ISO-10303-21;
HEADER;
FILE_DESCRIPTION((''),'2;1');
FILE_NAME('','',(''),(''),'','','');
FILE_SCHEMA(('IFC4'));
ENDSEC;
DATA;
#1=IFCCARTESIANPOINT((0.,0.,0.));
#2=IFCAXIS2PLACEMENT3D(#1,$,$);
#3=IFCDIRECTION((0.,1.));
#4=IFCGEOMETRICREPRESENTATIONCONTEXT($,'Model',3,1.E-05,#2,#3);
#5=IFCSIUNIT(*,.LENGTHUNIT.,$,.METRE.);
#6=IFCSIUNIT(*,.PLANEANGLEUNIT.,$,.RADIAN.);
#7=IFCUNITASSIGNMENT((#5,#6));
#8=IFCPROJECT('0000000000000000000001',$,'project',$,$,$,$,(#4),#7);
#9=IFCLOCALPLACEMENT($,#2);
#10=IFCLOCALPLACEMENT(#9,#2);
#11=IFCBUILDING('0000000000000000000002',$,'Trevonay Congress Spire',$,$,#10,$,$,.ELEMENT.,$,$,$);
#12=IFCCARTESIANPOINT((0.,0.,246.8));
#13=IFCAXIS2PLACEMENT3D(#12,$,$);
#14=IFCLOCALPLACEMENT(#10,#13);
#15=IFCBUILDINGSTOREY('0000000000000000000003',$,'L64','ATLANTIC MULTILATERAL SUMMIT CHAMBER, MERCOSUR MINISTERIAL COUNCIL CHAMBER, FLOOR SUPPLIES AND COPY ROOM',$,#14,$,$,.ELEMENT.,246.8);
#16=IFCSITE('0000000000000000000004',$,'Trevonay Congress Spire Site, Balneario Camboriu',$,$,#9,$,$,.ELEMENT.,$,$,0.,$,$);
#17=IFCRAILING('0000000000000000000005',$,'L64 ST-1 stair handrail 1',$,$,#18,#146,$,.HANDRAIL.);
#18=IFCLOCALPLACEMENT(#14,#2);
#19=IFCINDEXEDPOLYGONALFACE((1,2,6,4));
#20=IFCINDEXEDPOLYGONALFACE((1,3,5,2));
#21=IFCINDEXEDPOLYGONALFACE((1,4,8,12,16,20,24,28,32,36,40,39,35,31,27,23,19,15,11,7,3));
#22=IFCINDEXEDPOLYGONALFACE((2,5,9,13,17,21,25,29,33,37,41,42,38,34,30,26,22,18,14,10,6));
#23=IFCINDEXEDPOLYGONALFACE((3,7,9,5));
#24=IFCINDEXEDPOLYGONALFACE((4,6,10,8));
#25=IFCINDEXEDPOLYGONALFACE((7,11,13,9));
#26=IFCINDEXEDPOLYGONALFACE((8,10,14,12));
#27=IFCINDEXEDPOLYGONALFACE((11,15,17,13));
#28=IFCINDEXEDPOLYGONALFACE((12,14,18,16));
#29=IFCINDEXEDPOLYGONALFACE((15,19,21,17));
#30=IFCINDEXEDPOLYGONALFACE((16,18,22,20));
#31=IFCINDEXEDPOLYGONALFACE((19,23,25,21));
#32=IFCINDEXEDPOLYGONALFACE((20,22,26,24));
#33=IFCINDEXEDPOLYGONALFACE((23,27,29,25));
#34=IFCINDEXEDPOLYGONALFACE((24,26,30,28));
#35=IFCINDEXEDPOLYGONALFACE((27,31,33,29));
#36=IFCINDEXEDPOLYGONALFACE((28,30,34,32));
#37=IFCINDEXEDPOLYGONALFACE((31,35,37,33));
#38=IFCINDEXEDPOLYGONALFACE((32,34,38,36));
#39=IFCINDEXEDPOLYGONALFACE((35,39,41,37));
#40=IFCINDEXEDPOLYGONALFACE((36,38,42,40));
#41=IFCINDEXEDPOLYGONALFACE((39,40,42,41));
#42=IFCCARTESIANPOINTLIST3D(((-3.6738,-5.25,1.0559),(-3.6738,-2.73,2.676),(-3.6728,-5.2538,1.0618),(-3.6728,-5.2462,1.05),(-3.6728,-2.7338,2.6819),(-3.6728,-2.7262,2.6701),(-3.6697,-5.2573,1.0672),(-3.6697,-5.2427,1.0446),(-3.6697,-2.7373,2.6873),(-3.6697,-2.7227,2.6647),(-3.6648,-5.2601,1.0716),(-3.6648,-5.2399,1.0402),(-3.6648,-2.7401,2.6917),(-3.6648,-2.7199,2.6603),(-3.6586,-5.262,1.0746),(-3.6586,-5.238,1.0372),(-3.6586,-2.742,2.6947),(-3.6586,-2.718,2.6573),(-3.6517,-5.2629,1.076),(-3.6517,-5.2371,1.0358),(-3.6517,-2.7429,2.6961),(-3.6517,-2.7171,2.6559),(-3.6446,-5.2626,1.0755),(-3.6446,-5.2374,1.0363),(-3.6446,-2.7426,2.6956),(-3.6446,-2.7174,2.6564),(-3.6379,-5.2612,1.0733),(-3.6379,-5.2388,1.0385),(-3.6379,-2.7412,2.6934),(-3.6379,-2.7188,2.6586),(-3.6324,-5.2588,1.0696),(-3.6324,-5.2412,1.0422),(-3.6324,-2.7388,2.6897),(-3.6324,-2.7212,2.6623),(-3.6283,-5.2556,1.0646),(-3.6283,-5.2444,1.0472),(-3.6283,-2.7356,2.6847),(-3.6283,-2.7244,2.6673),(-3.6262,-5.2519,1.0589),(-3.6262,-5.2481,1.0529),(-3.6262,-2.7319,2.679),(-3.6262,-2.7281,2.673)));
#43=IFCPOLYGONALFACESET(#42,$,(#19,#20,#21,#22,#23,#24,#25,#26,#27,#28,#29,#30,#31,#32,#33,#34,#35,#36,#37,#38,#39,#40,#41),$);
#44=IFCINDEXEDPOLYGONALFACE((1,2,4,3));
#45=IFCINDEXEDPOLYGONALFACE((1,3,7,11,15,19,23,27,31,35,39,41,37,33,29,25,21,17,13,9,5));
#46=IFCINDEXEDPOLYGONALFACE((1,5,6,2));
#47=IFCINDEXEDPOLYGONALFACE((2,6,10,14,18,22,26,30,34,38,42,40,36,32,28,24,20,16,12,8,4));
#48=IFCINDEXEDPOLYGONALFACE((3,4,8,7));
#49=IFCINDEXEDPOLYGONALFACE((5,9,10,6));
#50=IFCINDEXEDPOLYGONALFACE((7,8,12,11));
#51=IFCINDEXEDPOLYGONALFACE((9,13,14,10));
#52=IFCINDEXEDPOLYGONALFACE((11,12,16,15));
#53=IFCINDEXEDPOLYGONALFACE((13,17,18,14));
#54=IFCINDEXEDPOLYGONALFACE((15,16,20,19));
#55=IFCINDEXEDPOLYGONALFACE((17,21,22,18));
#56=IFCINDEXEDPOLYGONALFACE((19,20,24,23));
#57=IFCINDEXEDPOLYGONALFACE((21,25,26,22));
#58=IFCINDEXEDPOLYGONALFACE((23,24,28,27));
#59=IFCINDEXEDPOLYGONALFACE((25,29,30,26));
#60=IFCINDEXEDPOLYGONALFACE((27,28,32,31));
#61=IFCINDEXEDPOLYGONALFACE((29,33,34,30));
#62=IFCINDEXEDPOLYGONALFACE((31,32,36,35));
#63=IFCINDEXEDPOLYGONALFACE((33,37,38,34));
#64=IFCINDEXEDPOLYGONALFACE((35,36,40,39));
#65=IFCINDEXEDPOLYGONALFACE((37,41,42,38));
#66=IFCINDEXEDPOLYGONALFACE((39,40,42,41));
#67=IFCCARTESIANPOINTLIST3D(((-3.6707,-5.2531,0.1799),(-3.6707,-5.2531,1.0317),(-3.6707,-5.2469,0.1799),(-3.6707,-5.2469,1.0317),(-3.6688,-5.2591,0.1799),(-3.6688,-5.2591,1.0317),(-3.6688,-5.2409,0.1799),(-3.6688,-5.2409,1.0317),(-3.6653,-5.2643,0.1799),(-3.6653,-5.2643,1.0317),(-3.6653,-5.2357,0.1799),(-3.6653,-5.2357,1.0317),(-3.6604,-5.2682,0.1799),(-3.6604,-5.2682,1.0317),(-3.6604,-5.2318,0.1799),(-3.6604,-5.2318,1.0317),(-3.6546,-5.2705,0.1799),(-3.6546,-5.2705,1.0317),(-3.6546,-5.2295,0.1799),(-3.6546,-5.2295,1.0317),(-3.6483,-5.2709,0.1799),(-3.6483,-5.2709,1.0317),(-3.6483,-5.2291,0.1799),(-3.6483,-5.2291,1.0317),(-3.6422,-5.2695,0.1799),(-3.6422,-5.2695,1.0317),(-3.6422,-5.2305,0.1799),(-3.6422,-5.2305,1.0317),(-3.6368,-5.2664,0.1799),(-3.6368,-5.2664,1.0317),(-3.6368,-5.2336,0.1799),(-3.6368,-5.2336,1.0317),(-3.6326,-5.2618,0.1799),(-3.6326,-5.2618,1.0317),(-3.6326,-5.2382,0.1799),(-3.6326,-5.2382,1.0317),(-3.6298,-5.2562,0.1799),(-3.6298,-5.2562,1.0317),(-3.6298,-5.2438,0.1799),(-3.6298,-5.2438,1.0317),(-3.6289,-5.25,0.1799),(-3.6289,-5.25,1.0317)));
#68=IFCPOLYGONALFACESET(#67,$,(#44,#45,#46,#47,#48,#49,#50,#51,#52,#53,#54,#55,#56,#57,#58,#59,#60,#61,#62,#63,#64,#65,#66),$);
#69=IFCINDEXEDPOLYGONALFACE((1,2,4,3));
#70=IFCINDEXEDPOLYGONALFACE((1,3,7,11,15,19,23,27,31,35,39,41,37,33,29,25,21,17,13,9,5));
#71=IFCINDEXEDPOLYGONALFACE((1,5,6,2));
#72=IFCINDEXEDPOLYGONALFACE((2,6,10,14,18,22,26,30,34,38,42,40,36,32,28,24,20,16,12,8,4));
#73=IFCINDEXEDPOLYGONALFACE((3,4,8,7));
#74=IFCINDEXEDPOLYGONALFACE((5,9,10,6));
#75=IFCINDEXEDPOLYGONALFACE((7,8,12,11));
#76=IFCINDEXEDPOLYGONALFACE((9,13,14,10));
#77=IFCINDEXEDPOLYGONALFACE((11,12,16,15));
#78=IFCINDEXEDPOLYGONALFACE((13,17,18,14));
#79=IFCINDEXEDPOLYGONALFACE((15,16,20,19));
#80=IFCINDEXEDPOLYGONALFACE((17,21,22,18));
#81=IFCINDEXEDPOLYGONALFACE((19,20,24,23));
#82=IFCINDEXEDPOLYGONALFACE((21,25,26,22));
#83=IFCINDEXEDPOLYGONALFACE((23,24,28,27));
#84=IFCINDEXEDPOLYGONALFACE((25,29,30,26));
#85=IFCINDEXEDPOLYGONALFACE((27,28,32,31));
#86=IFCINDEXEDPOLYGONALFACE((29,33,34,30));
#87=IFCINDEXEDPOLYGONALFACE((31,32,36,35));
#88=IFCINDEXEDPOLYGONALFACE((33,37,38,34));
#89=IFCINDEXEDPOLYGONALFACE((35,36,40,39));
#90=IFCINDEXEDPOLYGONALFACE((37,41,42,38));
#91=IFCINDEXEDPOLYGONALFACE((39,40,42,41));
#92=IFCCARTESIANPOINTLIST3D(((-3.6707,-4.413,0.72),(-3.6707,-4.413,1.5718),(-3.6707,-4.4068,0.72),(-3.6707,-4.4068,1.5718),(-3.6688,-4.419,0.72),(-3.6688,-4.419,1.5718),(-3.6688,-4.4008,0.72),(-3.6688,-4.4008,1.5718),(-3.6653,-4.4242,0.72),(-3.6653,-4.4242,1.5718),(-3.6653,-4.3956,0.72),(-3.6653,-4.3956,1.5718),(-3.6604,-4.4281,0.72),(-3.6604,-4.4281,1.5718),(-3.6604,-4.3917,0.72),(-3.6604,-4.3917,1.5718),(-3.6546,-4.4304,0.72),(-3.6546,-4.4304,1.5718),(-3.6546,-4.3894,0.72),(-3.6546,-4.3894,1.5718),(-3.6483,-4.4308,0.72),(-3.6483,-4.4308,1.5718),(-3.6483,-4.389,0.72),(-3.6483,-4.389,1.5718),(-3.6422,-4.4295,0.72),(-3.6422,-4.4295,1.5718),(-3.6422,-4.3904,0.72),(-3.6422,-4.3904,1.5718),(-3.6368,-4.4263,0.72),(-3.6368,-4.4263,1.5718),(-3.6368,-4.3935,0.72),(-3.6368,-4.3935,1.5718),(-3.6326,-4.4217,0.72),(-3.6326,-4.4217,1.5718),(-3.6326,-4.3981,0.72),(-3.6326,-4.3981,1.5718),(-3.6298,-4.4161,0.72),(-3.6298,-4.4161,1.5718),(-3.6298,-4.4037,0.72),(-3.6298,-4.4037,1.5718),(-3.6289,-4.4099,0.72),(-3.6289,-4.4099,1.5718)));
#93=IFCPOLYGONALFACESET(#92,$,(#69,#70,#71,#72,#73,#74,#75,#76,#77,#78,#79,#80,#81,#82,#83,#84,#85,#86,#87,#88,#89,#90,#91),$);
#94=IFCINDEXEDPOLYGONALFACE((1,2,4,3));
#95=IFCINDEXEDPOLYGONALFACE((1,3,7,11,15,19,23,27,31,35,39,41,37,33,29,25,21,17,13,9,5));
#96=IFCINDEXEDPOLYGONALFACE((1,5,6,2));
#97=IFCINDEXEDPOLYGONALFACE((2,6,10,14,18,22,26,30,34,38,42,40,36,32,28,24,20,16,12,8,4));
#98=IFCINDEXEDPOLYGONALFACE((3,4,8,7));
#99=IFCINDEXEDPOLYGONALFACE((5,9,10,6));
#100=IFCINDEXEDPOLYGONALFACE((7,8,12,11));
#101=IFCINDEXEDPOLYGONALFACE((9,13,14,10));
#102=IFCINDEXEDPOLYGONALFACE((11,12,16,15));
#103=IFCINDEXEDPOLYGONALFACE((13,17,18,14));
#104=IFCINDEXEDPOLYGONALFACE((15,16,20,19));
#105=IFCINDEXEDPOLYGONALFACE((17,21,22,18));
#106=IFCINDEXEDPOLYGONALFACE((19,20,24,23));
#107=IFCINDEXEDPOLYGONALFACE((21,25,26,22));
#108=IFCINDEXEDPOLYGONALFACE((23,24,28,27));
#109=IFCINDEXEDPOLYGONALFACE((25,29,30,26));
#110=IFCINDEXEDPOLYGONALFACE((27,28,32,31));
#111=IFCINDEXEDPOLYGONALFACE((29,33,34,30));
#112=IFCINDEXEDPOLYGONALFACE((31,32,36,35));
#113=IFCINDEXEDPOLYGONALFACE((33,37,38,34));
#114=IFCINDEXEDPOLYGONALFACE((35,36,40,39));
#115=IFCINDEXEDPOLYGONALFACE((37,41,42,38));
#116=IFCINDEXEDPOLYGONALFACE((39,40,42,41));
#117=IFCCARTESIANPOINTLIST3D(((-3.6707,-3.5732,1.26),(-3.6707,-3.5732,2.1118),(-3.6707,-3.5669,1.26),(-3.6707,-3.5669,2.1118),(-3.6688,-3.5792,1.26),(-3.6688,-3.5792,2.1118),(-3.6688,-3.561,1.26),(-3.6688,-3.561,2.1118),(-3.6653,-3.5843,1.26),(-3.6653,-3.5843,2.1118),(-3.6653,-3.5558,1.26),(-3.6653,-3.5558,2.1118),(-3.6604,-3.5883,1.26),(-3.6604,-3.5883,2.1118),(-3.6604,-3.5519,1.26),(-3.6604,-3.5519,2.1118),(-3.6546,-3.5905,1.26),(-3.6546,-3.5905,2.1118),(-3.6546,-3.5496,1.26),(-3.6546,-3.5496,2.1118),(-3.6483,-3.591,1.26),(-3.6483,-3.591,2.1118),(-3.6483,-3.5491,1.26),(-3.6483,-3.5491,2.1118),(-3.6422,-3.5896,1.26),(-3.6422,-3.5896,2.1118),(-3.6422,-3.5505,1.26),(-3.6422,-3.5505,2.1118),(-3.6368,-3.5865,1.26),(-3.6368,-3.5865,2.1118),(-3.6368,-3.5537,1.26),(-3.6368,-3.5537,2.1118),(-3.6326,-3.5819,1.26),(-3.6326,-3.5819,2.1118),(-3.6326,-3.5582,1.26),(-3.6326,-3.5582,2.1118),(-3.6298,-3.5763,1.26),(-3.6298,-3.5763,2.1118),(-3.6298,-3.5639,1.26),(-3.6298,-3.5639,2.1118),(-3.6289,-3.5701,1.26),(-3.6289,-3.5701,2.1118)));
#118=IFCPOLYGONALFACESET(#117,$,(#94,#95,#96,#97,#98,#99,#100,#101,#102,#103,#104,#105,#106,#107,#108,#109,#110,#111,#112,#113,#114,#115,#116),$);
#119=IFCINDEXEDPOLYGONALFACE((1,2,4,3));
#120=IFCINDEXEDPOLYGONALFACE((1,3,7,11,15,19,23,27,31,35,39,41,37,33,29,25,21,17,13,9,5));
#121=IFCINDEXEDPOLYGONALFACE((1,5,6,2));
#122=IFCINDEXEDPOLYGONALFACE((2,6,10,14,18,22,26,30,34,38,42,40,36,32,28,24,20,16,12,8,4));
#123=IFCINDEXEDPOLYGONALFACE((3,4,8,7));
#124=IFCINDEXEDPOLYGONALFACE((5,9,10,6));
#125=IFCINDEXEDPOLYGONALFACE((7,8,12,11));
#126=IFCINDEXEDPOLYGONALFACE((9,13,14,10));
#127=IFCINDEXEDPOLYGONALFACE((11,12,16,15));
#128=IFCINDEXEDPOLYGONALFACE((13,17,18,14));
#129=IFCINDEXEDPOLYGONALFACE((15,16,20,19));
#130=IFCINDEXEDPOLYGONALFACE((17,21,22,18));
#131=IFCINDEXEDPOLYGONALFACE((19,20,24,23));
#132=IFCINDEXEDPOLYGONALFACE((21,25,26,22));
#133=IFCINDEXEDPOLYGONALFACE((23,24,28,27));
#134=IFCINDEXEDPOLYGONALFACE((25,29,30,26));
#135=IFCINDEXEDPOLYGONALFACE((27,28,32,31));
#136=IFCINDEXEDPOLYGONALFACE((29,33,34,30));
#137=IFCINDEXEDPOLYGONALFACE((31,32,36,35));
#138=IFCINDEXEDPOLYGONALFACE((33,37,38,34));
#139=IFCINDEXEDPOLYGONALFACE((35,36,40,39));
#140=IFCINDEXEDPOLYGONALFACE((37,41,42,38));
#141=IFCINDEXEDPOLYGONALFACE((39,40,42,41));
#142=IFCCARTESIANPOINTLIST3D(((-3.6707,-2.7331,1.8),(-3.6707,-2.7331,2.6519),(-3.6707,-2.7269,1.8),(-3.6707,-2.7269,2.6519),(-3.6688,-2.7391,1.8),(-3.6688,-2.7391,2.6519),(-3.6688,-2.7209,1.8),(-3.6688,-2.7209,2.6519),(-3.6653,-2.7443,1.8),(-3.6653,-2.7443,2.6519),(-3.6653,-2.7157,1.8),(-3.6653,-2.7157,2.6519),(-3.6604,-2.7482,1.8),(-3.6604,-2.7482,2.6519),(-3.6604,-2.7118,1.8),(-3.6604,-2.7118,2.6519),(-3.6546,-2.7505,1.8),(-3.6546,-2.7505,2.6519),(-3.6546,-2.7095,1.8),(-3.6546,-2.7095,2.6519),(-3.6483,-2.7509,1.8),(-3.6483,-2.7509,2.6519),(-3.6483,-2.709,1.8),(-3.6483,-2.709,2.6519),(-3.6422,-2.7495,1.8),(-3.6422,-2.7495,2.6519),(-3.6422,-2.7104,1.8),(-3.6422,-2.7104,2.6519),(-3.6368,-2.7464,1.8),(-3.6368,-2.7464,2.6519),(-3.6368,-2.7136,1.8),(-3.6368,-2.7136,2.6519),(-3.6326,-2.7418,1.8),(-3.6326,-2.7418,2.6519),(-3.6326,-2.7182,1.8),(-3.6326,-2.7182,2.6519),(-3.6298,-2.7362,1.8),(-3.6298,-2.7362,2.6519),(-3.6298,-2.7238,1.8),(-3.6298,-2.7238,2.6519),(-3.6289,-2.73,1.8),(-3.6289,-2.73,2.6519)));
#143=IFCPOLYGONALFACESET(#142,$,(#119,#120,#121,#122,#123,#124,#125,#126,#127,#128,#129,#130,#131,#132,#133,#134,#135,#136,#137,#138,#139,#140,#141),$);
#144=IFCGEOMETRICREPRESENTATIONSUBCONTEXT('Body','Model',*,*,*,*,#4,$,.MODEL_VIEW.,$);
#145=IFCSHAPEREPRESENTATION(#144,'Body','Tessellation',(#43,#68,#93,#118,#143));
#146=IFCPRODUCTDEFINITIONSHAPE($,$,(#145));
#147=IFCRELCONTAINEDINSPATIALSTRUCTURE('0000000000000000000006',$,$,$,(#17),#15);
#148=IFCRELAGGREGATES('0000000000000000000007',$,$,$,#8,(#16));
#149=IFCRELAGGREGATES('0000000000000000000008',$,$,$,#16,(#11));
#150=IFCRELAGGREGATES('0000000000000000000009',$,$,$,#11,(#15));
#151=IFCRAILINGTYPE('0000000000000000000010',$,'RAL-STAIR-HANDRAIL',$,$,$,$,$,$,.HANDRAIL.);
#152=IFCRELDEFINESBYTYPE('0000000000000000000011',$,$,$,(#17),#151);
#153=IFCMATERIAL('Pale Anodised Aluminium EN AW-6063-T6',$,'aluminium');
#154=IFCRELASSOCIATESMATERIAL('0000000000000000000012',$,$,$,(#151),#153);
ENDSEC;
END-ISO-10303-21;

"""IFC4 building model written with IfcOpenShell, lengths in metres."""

from ifc_helpers import new_model, si_unit, direction, frame, origin, origin_2d, place, context, subcontext, project, spatial, circle, extrude, material, type_object, element, save


model = new_model("IFC4")

# Units and contexts
model_context = context("Model", 3, precision=1e-05, world=origin(), true_north=direction((0.0, 1.0)))
body_context = subcontext(model_context, "Body", "Model", "MODEL_VIEW")
ifc_project = project(units=[si_unit("LENGTHUNIT", "METRE"), si_unit("PLANEANGLEUNIT", "RADIAN")], contexts=[model_context])

# Site, building, storey
site_placement = place(None, origin())
site = spatial("IfcSite", under=ifc_project, at=site_placement, Name="Trevonay Congress Spire Site, Balneario Camboriu", CompositionType="ELEMENT", RefElevation=0.0)
building_placement = place(site_placement, origin())
building = spatial("IfcBuilding", under=site, at=building_placement, Name="Trevonay Congress Spire", CompositionType="ELEMENT")
storey_placement = place(building_placement, frame((0.0, 0.0, 246.8)))
storey = spatial("IfcBuildingStorey", under=building, at=storey_placement, Name="L64", Description="ATLANTIC MULTILATERAL SUMMIT CHAMBER, MERCOSUR MINISTERIAL COUNCIL CHAMBER, FLOOR SUPPLIES AND COPY ROOM", CompositionType="ELEMENT", Elevation=246.8)

# Railing
ifc_material_1 = material(Name="Pale Anodised Aluminium EN AW-6063-T6", Category="aluminium")
railing_type_1 = type_object("IfcRailingType", Name="RAL-STAIR-HANDRAIL", PredefinedType="HANDRAIL", material=ifc_material_1)
railing_1_placement = place(storey_placement, frame((-3.6499, -5.25, 0.1799)))
element("IfcRailing", 1, at=railing_1_placement, inside=storey, type_object=railing_type_1, Name="L64 ST-1 stair handrail 1", PredefinedType="HANDRAIL", context=body_context, shape_type="SweptSolid", body=[
    extrude(circle(Radius=0.0239, at=origin_2d()), frame((0.0, 0.0, 0.876), z_axis=(0.0, 0.841163, 0.540782), x_axis=(-1.0, 0.0, 0.0)), (0.0, 0.0, 1.0), 2.9958),
    extrude(circle(Radius=0.021, at=origin_2d()), origin(), (0.0, 0.0, 1.0), 0.8518),
    extrude(circle(Radius=0.021, at=origin_2d()), frame((0.0, 0.8401, 0.54)), (0.0, 0.0, 1.0), 0.8518),
    extrude(circle(Radius=0.021, at=origin_2d()), frame((0.0, 1.6799, 1.0801)), (0.0, 0.0, 1.0), 0.8518),
    extrude(circle(Radius=0.021, at=origin_2d()), frame((0.0, 2.52, 1.6201)), (0.0, 0.0, 1.0), 0.8518),
])

save(model, "model.ifc")
